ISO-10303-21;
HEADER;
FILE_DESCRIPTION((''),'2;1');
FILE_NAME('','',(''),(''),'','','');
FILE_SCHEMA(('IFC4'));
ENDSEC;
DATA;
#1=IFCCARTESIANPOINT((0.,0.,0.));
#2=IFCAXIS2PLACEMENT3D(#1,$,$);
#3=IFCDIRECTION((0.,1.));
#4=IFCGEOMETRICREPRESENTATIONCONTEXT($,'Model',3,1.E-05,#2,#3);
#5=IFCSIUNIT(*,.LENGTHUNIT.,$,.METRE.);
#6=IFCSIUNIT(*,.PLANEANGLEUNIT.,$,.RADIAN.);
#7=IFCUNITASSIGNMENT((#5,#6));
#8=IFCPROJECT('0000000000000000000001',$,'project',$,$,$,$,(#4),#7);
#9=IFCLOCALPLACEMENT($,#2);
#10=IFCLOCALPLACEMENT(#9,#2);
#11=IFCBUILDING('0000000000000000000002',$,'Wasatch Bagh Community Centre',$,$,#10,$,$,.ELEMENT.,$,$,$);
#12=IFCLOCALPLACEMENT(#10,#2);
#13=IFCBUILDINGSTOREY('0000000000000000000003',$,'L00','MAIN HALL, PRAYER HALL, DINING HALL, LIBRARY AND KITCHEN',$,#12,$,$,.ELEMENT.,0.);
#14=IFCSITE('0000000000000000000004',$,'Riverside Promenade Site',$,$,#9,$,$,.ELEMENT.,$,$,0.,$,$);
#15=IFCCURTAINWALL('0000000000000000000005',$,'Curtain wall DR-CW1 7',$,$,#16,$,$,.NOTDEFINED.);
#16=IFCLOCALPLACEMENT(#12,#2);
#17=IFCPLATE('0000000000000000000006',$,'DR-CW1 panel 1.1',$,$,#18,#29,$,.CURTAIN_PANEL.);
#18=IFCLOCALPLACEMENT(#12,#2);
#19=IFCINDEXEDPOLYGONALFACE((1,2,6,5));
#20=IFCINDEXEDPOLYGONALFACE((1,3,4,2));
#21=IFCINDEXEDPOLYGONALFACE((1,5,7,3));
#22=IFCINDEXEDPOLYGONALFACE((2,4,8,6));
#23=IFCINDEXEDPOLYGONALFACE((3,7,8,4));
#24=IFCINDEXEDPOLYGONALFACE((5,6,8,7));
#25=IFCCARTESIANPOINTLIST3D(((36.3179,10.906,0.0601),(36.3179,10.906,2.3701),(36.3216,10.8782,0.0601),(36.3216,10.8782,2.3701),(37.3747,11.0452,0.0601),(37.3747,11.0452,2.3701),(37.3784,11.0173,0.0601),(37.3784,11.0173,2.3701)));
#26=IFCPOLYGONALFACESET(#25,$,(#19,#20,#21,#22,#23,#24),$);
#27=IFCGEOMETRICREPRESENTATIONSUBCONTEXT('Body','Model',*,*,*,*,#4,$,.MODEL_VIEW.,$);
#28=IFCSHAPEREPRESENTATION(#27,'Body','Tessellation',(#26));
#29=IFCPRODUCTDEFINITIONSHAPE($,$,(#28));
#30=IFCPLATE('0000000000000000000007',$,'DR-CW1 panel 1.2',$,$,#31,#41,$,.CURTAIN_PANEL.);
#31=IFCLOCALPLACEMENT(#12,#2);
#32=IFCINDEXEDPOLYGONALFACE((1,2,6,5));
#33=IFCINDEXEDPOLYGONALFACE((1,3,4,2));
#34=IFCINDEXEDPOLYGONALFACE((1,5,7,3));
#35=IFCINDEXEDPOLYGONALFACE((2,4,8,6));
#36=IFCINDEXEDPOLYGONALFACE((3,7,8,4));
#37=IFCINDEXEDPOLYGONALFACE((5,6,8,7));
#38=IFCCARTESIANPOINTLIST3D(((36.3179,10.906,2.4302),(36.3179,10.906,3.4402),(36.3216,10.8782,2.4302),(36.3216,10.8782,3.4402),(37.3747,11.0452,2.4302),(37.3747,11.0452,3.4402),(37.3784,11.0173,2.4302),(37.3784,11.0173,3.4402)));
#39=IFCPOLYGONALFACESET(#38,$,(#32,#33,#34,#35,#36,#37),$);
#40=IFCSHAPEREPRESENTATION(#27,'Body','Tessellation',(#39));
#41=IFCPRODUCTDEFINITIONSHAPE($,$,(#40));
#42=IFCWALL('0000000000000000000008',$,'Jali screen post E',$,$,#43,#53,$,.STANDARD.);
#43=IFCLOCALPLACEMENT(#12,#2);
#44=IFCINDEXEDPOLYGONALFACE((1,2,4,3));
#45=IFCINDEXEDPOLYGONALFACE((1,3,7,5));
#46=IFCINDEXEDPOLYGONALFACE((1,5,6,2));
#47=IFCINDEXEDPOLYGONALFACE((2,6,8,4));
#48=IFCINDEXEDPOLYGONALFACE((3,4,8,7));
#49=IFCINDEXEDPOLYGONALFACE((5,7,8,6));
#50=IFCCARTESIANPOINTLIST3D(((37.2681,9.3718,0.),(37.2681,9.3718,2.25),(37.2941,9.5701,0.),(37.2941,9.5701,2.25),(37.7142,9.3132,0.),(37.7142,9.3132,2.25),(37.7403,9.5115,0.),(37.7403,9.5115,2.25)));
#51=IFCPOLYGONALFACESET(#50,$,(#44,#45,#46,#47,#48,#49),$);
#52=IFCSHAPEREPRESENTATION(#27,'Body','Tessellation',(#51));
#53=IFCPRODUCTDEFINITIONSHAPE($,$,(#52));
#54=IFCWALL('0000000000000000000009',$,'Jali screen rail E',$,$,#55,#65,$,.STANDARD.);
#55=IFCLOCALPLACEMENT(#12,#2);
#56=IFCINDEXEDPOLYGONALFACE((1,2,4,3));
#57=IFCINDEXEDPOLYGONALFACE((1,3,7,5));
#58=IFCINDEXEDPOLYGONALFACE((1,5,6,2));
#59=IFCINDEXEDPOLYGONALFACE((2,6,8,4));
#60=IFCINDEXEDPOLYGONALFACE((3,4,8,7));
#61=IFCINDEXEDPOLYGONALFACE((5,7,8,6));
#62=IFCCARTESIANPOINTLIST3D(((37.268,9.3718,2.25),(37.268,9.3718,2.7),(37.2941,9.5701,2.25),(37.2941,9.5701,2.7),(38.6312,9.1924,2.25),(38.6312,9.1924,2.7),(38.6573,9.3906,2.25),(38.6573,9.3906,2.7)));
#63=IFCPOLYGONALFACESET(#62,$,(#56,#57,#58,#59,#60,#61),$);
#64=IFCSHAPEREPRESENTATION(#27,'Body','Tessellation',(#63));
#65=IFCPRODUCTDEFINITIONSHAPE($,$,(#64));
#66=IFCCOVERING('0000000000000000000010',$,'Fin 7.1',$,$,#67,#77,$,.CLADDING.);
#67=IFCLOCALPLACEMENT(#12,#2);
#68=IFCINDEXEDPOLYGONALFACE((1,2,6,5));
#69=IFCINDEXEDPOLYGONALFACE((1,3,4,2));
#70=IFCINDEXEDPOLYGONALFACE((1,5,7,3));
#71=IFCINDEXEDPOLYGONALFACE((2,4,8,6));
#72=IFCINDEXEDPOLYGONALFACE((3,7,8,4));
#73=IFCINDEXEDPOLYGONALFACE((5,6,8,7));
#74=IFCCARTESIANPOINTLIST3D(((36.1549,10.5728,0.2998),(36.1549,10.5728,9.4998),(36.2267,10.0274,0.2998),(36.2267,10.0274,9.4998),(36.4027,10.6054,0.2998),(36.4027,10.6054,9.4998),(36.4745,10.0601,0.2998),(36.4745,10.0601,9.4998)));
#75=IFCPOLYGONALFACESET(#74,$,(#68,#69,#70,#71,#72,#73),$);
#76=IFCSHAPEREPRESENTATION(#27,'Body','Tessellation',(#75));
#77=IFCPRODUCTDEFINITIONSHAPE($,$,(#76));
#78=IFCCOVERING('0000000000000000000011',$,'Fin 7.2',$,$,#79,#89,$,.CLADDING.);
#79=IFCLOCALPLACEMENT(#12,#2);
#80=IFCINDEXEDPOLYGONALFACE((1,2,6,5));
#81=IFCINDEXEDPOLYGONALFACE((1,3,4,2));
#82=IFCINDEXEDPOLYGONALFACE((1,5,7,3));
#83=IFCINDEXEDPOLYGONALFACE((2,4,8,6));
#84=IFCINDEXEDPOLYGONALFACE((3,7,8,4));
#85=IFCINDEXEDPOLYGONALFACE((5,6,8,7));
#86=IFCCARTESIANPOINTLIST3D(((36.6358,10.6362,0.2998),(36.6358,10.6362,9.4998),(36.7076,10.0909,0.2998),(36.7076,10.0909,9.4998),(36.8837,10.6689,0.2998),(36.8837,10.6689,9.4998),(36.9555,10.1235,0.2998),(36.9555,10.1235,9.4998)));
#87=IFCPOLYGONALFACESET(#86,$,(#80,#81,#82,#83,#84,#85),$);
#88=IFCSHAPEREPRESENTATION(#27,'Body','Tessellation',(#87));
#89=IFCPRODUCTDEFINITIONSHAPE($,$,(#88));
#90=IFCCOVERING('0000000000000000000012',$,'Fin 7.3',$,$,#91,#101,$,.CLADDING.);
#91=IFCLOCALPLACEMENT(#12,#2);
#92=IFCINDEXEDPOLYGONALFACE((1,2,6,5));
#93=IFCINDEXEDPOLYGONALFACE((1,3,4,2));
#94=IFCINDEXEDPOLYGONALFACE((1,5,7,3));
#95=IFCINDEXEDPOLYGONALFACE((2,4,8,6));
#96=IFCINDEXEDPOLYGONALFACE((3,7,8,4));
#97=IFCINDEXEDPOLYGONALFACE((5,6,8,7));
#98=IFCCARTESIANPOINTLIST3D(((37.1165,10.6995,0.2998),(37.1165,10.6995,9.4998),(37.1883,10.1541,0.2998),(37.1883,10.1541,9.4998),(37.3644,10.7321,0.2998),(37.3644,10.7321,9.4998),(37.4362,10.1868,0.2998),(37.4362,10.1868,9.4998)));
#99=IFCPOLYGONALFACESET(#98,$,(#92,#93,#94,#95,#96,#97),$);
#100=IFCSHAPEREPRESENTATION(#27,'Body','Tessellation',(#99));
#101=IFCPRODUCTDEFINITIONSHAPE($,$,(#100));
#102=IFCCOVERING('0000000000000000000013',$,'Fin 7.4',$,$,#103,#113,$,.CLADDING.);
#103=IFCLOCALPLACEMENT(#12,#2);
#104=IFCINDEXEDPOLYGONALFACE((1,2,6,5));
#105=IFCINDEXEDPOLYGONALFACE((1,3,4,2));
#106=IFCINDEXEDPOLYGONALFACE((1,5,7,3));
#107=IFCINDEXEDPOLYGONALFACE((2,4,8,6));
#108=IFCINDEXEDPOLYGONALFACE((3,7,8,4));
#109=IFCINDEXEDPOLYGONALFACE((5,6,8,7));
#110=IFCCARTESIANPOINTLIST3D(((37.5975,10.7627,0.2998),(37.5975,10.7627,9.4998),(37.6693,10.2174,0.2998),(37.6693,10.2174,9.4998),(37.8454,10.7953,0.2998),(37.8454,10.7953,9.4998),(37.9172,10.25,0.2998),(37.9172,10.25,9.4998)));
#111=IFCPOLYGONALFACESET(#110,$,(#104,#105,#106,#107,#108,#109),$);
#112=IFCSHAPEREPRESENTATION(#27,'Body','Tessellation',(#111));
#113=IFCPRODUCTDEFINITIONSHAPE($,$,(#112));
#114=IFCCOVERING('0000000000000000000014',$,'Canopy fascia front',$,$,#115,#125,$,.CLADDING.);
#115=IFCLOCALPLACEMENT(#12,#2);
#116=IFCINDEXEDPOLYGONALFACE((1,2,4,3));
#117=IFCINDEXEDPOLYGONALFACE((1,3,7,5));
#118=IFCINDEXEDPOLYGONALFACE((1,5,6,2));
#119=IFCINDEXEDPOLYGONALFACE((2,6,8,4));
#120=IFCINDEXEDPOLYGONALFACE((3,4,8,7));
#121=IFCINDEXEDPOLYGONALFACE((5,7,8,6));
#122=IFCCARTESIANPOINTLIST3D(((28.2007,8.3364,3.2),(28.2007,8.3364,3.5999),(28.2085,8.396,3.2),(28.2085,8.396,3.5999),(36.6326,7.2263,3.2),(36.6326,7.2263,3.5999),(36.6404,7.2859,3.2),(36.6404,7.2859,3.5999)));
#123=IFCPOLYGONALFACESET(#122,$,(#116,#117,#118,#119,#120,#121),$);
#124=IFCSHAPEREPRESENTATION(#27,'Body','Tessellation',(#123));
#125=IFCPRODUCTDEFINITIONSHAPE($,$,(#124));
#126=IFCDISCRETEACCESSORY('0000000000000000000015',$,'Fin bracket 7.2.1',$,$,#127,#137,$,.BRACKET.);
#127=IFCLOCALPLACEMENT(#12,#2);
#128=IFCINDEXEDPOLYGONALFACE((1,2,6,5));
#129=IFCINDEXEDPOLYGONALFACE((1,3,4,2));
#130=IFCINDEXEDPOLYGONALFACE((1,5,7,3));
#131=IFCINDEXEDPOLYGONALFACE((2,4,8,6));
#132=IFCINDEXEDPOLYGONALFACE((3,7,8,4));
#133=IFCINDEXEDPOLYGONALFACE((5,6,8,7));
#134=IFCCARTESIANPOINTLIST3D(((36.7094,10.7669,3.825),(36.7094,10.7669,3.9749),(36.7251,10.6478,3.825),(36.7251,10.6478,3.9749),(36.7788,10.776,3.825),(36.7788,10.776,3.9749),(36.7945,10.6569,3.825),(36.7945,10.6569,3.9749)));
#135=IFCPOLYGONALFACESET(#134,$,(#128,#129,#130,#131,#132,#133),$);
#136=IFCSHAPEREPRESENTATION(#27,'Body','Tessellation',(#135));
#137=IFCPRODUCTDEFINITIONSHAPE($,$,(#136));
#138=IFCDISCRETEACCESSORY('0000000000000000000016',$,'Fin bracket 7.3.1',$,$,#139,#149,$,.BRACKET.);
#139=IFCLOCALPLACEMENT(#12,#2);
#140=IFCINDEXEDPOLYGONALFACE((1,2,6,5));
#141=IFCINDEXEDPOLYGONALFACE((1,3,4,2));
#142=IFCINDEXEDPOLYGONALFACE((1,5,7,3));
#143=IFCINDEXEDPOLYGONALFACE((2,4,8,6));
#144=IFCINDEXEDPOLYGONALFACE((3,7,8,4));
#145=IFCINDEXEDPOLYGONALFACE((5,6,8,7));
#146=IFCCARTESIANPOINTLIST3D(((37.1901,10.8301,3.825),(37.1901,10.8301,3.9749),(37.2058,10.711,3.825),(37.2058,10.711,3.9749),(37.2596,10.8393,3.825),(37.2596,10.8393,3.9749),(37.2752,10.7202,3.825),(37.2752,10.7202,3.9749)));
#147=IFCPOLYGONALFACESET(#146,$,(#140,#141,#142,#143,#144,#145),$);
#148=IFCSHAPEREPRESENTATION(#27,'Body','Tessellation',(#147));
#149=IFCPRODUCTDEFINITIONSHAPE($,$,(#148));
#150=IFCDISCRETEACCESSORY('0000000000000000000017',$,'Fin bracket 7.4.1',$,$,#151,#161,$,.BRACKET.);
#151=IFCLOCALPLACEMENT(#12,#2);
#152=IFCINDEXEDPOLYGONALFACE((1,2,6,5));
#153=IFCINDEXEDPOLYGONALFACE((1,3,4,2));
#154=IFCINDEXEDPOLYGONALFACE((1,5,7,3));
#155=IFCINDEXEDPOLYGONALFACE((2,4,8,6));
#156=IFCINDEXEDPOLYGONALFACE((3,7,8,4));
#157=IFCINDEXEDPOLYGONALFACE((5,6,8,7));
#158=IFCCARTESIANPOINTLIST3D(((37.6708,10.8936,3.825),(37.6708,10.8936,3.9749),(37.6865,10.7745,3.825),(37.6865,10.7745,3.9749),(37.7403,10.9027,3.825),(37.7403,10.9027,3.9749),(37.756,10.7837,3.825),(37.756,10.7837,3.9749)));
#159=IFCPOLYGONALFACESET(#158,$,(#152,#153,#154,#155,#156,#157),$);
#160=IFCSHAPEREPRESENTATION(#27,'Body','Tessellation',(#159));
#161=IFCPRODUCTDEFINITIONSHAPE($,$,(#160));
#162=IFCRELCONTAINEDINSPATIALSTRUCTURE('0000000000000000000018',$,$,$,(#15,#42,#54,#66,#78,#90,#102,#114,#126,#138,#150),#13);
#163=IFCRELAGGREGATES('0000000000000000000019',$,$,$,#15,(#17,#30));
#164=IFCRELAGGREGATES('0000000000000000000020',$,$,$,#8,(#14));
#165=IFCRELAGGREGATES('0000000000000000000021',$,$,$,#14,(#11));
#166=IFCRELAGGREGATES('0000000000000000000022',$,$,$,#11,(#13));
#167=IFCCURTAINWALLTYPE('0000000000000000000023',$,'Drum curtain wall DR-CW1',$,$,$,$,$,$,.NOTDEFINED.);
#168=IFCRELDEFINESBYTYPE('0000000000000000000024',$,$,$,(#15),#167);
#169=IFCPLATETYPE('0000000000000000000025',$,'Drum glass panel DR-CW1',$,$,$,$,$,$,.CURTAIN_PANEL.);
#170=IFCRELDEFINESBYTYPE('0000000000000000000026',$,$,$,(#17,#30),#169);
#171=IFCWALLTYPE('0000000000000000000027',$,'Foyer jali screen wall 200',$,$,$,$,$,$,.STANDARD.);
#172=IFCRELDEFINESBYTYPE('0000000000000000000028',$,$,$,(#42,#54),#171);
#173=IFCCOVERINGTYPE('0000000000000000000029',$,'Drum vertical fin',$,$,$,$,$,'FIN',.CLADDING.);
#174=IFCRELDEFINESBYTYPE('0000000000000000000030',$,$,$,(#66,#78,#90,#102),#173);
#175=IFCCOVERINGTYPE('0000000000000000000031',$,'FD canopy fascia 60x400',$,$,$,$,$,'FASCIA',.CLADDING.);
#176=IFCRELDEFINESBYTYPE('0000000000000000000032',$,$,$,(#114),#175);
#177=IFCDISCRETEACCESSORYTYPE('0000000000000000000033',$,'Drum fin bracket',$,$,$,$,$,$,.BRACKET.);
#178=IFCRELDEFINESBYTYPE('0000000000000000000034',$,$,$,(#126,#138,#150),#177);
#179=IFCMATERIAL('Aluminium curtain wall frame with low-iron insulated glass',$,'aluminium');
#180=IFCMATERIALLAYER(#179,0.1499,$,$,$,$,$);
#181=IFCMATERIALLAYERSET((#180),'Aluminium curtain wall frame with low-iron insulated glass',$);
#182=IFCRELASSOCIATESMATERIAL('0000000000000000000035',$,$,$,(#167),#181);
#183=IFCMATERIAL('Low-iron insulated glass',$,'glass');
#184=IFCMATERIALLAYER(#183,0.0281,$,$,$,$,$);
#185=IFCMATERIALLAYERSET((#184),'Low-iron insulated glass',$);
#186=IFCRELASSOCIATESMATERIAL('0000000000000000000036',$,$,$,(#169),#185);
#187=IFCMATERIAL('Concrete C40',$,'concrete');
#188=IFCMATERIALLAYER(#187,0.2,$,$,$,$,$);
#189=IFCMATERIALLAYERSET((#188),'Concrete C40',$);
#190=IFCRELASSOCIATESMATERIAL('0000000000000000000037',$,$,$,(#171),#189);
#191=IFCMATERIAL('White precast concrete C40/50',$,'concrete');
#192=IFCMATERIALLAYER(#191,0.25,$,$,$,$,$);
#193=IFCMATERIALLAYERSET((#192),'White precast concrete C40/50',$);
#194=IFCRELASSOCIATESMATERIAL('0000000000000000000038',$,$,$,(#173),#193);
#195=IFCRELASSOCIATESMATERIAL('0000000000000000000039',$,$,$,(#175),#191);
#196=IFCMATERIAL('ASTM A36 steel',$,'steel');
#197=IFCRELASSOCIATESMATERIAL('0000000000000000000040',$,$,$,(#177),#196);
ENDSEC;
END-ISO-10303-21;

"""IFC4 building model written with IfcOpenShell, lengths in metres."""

from ifc_helpers import new_model, si_unit, direction, frame, frame_2d, origin, origin_2d, place, context, subcontext, project, spatial, rectangle, extrude, material, layer, layer_set, material_profile, profile_set, type_object, element, aggregate, save


model = new_model("IFC4")

# Units and contexts
model_context = context("Model", 3, precision=1e-05, world=origin(), true_north=direction((0.0, 1.0)))
body_context = subcontext(model_context, "Body", "Model", "MODEL_VIEW")
ifc_project = project(units=[si_unit("LENGTHUNIT", "METRE"), si_unit("PLANEANGLEUNIT", "RADIAN")], contexts=[model_context])

# Site, building, storey
site_placement = place(None, origin())
site = spatial("IfcSite", under=ifc_project, at=site_placement, Name="Riverside Promenade Site", CompositionType="ELEMENT", RefElevation=0.0)
building_placement = place(site_placement, origin())
building = spatial("IfcBuilding", under=site, at=building_placement, Name="Wasatch Bagh Community Centre", CompositionType="ELEMENT")
storey_placement = place(building_placement, origin())
storey = spatial("IfcBuildingStorey", under=building, at=storey_placement, Name="L00", Description="MAIN HALL, PRAYER HALL, DINING HALL, LIBRARY AND KITCHEN", CompositionType="ELEMENT", Elevation=0.0)

# Curtain wall, plates
ifc_material_1 = material(Name="Aluminium curtain wall frame with low-iron insulated glass", Category="aluminium")
ifc_layer_1 = layer(ifc_material_1, 0.1499)
ifc_layer_set_1 = layer_set([ifc_layer_1], Name="Aluminium curtain wall frame with low-iron insulated glass")
curtain_wall_type = type_object("IfcCurtainWallType", Name="Drum curtain wall DR-CW1", PredefinedType="NOTDEFINED", material=ifc_layer_set_1)
curtain_wall_placement = place(storey_placement, origin())
curtain_wall = element("IfcCurtainWall", 1, at=curtain_wall_placement, inside=storey, type_object=curtain_wall_type, Name="Curtain wall DR-CW1 7", PredefinedType="NOTDEFINED")
ifc_material_2 = material(Name="Low-iron insulated glass", Category="glass")
ifc_layer_2 = layer(ifc_material_2, 0.0281)
ifc_layer_set_2 = layer_set([ifc_layer_2], Name="Low-iron insulated glass")
plate_type = type_object("IfcPlateType", Name="Drum glass panel DR-CW1", PredefinedType="CURTAIN_PANEL", material=ifc_layer_set_2)
plate_1_placement = place(storey_placement, frame((36.8481, 10.9617, 0.0601), z_axis=(0.0, 0.0, 1.0), x_axis=(0.991445, 0.130526, 0.0)))
plate_1 = element("IfcPlate", 2, at=plate_1_placement, type_object=plate_type, Name="DR-CW1 panel 1.1", PredefinedType="CURTAIN_PANEL", context=body_context, shape_type="SweptSolid", body=[
    extrude(rectangle(XDim=1.0659, YDim=0.0281, at=origin_2d()), origin(), (0.0, 0.0, 1.0), 2.3101),
])
plate_2_placement = place(storey_placement, frame((36.8481, 10.9617, 2.4302), z_axis=(0.0, 0.0, 1.0), x_axis=(0.991445, 0.130526, 0.0)))
plate_2 = element("IfcPlate", 3, at=plate_2_placement, type_object=plate_type, Name="DR-CW1 panel 1.2", PredefinedType="CURTAIN_PANEL", context=body_context, shape_type="SweptSolid", body=[
    extrude(rectangle(XDim=1.0659, YDim=0.0281, at=origin_2d()), origin(), (0.0, 0.0, 1.0), 1.01),
])
aggregate(curtain_wall, [plate_1, plate_2])

# Walls
ifc_material_3 = material(Name="Concrete C40", Category="concrete")
ifc_layer_3 = layer(ifc_material_3, 0.2)
ifc_layer_set_3 = layer_set([ifc_layer_3], Name="Concrete C40")
wall_type = type_object("IfcWallType", Name="Foyer jali screen wall 200", PredefinedType="STANDARD", material=ifc_layer_set_3)
wall_1_placement = place(storey_placement, frame((37.281, 9.4709, 0.0), z_axis=(0.0, 0.0, 1.0), x_axis=(0.991482, -0.130244, 0.0)))
element("IfcWall", 4, at=wall_1_placement, inside=storey, type_object=wall_type, Name="Jali screen post E", PredefinedType="STANDARD", context=body_context, shape_type="SweptSolid", body=[
    extrude(rectangle(XDim=0.45, YDim=0.2, at=frame_2d((0.2251, 0.0))), origin(), (0.0, 0.0, 1.0), 2.25),
])
wall_2_placement = place(storey_placement, frame((37.281, 9.4709, 2.25), z_axis=(0.0, 0.0, 1.0), x_axis=(0.991448, -0.1305, 0.0)))
element("IfcWall", 5, at=wall_2_placement, inside=storey, type_object=wall_type, Name="Jali screen rail E", PredefinedType="STANDARD", context=body_context, shape_type="SweptSolid", body=[
    extrude(rectangle(XDim=1.375, YDim=0.2, at=frame_2d((0.6875, 0.0))), origin(), (0.0, 0.0, 1.0), 0.45),
])

# Coverings
ifc_material_4 = material(Name="White precast concrete C40/50", Category="concrete")
ifc_layer_4 = layer(ifc_material_4, 0.25)
ifc_layer_set_4 = layer_set([ifc_layer_4], Name="White precast concrete C40/50")
covering_type_1 = type_object("IfcCoveringType", Name="Drum vertical fin", ElementType="FIN", PredefinedType="CLADDING", material=ifc_layer_set_4)
for number, where, z_axis, x_axis, name in (
    (6, (36.3147, 10.3164, 0.2998), (0.0, 0.0, 1.0), (0.991445, 0.130526, 0.0), "Fin 7.1"),
    (7, (36.7957, 10.3799, 0.2998), (0.0, 0.0, 1.0), (0.991445, 0.130526, 0.0), "Fin 7.2"),
    (8, (37.2764, 10.4431, 0.2998), (0.0, 0.0, 1.0), (0.991445, 0.130526, 0.0), "Fin 7.3"),
    (9, (37.7573, 10.5063, 0.2998), (0.0, 0.0, 1.0), (0.991445, 0.130526, 0.0), "Fin 7.4"),
):
    element("IfcCovering", number, at=place(storey_placement, frame(where, z_axis=z_axis, x_axis=x_axis)), inside=storey, type_object=covering_type_1, Name=name, PredefinedType="CLADDING", context=body_context, shape_type="SweptSolid", body=[
        extrude(rectangle(XDim=0.25, YDim=0.55, at=origin_2d()), origin(), (0.0, 0.0, 1.0), 9.2),
    ])
ifc_material_profile_1 = material_profile(ifc_material_4, rectangle(XDim=0.0601, YDim=0.3999, at=origin_2d()), Name="FASCIA 60x400")
ifc_profile_set_1 = profile_set([ifc_material_profile_1], Name="White precast concrete C40/50")
covering_type_2 = type_object("IfcCoveringType", Name="FD canopy fascia 60x400", ElementType="FASCIA", PredefinedType="CLADDING", material=ifc_profile_set_1)
covering_placement = place(storey_placement, frame((36.6365, 7.2561, 3.3999), z_axis=(-0.991444, 0.13053, 0.0), x_axis=(-0.13053, -0.991444, 0.0)))
element("IfcCovering", 10, at=covering_placement, inside=storey, type_object=covering_type_2, Name="Canopy fascia front", PredefinedType="CLADDING", context=body_context, shape_type="SweptSolid", body=[
    extrude(rectangle(XDim=0.0601, YDim=0.3999, at=origin_2d()), origin(), (0.0, 0.0, 1.0), 8.5046),
])

# Discrete accessories
ifc_material_5 = material(Name="ASTM A36 steel", Category="steel")
discrete_accessory_type = type_object("IfcDiscreteAccessoryType", Name="Drum fin bracket", PredefinedType="BRACKET", material=ifc_material_5)
for number, where, z_axis, x_axis, name in (
    (11, (36.752, 10.7119, 3.825), (0.0, 0.0, 1.0), (0.991445, 0.130526, 0.0), "Fin bracket 7.2.1"),
    (12, (37.2327, 10.7751, 3.825), (0.0, 0.0, 1.0), (0.991445, 0.130526, 0.0), "Fin bracket 7.3.1"),
    (13, (37.7134, 10.8386, 3.825), (0.0, 0.0, 1.0), (0.991445, 0.130526, 0.0), "Fin bracket 7.4.1"),
):
    element("IfcDiscreteAccessory", number, at=place(storey_placement, frame(where, z_axis=z_axis, x_axis=x_axis)), inside=storey, type_object=discrete_accessory_type, Name=name, PredefinedType="BRACKET", context=body_context, shape_type="SweptSolid", body=[
        extrude(rectangle(XDim=0.0701, YDim=0.1201, at=origin_2d()), origin(), (0.0, 0.0, 1.0), 0.1499),
    ])

save(model, "model.ifc")
